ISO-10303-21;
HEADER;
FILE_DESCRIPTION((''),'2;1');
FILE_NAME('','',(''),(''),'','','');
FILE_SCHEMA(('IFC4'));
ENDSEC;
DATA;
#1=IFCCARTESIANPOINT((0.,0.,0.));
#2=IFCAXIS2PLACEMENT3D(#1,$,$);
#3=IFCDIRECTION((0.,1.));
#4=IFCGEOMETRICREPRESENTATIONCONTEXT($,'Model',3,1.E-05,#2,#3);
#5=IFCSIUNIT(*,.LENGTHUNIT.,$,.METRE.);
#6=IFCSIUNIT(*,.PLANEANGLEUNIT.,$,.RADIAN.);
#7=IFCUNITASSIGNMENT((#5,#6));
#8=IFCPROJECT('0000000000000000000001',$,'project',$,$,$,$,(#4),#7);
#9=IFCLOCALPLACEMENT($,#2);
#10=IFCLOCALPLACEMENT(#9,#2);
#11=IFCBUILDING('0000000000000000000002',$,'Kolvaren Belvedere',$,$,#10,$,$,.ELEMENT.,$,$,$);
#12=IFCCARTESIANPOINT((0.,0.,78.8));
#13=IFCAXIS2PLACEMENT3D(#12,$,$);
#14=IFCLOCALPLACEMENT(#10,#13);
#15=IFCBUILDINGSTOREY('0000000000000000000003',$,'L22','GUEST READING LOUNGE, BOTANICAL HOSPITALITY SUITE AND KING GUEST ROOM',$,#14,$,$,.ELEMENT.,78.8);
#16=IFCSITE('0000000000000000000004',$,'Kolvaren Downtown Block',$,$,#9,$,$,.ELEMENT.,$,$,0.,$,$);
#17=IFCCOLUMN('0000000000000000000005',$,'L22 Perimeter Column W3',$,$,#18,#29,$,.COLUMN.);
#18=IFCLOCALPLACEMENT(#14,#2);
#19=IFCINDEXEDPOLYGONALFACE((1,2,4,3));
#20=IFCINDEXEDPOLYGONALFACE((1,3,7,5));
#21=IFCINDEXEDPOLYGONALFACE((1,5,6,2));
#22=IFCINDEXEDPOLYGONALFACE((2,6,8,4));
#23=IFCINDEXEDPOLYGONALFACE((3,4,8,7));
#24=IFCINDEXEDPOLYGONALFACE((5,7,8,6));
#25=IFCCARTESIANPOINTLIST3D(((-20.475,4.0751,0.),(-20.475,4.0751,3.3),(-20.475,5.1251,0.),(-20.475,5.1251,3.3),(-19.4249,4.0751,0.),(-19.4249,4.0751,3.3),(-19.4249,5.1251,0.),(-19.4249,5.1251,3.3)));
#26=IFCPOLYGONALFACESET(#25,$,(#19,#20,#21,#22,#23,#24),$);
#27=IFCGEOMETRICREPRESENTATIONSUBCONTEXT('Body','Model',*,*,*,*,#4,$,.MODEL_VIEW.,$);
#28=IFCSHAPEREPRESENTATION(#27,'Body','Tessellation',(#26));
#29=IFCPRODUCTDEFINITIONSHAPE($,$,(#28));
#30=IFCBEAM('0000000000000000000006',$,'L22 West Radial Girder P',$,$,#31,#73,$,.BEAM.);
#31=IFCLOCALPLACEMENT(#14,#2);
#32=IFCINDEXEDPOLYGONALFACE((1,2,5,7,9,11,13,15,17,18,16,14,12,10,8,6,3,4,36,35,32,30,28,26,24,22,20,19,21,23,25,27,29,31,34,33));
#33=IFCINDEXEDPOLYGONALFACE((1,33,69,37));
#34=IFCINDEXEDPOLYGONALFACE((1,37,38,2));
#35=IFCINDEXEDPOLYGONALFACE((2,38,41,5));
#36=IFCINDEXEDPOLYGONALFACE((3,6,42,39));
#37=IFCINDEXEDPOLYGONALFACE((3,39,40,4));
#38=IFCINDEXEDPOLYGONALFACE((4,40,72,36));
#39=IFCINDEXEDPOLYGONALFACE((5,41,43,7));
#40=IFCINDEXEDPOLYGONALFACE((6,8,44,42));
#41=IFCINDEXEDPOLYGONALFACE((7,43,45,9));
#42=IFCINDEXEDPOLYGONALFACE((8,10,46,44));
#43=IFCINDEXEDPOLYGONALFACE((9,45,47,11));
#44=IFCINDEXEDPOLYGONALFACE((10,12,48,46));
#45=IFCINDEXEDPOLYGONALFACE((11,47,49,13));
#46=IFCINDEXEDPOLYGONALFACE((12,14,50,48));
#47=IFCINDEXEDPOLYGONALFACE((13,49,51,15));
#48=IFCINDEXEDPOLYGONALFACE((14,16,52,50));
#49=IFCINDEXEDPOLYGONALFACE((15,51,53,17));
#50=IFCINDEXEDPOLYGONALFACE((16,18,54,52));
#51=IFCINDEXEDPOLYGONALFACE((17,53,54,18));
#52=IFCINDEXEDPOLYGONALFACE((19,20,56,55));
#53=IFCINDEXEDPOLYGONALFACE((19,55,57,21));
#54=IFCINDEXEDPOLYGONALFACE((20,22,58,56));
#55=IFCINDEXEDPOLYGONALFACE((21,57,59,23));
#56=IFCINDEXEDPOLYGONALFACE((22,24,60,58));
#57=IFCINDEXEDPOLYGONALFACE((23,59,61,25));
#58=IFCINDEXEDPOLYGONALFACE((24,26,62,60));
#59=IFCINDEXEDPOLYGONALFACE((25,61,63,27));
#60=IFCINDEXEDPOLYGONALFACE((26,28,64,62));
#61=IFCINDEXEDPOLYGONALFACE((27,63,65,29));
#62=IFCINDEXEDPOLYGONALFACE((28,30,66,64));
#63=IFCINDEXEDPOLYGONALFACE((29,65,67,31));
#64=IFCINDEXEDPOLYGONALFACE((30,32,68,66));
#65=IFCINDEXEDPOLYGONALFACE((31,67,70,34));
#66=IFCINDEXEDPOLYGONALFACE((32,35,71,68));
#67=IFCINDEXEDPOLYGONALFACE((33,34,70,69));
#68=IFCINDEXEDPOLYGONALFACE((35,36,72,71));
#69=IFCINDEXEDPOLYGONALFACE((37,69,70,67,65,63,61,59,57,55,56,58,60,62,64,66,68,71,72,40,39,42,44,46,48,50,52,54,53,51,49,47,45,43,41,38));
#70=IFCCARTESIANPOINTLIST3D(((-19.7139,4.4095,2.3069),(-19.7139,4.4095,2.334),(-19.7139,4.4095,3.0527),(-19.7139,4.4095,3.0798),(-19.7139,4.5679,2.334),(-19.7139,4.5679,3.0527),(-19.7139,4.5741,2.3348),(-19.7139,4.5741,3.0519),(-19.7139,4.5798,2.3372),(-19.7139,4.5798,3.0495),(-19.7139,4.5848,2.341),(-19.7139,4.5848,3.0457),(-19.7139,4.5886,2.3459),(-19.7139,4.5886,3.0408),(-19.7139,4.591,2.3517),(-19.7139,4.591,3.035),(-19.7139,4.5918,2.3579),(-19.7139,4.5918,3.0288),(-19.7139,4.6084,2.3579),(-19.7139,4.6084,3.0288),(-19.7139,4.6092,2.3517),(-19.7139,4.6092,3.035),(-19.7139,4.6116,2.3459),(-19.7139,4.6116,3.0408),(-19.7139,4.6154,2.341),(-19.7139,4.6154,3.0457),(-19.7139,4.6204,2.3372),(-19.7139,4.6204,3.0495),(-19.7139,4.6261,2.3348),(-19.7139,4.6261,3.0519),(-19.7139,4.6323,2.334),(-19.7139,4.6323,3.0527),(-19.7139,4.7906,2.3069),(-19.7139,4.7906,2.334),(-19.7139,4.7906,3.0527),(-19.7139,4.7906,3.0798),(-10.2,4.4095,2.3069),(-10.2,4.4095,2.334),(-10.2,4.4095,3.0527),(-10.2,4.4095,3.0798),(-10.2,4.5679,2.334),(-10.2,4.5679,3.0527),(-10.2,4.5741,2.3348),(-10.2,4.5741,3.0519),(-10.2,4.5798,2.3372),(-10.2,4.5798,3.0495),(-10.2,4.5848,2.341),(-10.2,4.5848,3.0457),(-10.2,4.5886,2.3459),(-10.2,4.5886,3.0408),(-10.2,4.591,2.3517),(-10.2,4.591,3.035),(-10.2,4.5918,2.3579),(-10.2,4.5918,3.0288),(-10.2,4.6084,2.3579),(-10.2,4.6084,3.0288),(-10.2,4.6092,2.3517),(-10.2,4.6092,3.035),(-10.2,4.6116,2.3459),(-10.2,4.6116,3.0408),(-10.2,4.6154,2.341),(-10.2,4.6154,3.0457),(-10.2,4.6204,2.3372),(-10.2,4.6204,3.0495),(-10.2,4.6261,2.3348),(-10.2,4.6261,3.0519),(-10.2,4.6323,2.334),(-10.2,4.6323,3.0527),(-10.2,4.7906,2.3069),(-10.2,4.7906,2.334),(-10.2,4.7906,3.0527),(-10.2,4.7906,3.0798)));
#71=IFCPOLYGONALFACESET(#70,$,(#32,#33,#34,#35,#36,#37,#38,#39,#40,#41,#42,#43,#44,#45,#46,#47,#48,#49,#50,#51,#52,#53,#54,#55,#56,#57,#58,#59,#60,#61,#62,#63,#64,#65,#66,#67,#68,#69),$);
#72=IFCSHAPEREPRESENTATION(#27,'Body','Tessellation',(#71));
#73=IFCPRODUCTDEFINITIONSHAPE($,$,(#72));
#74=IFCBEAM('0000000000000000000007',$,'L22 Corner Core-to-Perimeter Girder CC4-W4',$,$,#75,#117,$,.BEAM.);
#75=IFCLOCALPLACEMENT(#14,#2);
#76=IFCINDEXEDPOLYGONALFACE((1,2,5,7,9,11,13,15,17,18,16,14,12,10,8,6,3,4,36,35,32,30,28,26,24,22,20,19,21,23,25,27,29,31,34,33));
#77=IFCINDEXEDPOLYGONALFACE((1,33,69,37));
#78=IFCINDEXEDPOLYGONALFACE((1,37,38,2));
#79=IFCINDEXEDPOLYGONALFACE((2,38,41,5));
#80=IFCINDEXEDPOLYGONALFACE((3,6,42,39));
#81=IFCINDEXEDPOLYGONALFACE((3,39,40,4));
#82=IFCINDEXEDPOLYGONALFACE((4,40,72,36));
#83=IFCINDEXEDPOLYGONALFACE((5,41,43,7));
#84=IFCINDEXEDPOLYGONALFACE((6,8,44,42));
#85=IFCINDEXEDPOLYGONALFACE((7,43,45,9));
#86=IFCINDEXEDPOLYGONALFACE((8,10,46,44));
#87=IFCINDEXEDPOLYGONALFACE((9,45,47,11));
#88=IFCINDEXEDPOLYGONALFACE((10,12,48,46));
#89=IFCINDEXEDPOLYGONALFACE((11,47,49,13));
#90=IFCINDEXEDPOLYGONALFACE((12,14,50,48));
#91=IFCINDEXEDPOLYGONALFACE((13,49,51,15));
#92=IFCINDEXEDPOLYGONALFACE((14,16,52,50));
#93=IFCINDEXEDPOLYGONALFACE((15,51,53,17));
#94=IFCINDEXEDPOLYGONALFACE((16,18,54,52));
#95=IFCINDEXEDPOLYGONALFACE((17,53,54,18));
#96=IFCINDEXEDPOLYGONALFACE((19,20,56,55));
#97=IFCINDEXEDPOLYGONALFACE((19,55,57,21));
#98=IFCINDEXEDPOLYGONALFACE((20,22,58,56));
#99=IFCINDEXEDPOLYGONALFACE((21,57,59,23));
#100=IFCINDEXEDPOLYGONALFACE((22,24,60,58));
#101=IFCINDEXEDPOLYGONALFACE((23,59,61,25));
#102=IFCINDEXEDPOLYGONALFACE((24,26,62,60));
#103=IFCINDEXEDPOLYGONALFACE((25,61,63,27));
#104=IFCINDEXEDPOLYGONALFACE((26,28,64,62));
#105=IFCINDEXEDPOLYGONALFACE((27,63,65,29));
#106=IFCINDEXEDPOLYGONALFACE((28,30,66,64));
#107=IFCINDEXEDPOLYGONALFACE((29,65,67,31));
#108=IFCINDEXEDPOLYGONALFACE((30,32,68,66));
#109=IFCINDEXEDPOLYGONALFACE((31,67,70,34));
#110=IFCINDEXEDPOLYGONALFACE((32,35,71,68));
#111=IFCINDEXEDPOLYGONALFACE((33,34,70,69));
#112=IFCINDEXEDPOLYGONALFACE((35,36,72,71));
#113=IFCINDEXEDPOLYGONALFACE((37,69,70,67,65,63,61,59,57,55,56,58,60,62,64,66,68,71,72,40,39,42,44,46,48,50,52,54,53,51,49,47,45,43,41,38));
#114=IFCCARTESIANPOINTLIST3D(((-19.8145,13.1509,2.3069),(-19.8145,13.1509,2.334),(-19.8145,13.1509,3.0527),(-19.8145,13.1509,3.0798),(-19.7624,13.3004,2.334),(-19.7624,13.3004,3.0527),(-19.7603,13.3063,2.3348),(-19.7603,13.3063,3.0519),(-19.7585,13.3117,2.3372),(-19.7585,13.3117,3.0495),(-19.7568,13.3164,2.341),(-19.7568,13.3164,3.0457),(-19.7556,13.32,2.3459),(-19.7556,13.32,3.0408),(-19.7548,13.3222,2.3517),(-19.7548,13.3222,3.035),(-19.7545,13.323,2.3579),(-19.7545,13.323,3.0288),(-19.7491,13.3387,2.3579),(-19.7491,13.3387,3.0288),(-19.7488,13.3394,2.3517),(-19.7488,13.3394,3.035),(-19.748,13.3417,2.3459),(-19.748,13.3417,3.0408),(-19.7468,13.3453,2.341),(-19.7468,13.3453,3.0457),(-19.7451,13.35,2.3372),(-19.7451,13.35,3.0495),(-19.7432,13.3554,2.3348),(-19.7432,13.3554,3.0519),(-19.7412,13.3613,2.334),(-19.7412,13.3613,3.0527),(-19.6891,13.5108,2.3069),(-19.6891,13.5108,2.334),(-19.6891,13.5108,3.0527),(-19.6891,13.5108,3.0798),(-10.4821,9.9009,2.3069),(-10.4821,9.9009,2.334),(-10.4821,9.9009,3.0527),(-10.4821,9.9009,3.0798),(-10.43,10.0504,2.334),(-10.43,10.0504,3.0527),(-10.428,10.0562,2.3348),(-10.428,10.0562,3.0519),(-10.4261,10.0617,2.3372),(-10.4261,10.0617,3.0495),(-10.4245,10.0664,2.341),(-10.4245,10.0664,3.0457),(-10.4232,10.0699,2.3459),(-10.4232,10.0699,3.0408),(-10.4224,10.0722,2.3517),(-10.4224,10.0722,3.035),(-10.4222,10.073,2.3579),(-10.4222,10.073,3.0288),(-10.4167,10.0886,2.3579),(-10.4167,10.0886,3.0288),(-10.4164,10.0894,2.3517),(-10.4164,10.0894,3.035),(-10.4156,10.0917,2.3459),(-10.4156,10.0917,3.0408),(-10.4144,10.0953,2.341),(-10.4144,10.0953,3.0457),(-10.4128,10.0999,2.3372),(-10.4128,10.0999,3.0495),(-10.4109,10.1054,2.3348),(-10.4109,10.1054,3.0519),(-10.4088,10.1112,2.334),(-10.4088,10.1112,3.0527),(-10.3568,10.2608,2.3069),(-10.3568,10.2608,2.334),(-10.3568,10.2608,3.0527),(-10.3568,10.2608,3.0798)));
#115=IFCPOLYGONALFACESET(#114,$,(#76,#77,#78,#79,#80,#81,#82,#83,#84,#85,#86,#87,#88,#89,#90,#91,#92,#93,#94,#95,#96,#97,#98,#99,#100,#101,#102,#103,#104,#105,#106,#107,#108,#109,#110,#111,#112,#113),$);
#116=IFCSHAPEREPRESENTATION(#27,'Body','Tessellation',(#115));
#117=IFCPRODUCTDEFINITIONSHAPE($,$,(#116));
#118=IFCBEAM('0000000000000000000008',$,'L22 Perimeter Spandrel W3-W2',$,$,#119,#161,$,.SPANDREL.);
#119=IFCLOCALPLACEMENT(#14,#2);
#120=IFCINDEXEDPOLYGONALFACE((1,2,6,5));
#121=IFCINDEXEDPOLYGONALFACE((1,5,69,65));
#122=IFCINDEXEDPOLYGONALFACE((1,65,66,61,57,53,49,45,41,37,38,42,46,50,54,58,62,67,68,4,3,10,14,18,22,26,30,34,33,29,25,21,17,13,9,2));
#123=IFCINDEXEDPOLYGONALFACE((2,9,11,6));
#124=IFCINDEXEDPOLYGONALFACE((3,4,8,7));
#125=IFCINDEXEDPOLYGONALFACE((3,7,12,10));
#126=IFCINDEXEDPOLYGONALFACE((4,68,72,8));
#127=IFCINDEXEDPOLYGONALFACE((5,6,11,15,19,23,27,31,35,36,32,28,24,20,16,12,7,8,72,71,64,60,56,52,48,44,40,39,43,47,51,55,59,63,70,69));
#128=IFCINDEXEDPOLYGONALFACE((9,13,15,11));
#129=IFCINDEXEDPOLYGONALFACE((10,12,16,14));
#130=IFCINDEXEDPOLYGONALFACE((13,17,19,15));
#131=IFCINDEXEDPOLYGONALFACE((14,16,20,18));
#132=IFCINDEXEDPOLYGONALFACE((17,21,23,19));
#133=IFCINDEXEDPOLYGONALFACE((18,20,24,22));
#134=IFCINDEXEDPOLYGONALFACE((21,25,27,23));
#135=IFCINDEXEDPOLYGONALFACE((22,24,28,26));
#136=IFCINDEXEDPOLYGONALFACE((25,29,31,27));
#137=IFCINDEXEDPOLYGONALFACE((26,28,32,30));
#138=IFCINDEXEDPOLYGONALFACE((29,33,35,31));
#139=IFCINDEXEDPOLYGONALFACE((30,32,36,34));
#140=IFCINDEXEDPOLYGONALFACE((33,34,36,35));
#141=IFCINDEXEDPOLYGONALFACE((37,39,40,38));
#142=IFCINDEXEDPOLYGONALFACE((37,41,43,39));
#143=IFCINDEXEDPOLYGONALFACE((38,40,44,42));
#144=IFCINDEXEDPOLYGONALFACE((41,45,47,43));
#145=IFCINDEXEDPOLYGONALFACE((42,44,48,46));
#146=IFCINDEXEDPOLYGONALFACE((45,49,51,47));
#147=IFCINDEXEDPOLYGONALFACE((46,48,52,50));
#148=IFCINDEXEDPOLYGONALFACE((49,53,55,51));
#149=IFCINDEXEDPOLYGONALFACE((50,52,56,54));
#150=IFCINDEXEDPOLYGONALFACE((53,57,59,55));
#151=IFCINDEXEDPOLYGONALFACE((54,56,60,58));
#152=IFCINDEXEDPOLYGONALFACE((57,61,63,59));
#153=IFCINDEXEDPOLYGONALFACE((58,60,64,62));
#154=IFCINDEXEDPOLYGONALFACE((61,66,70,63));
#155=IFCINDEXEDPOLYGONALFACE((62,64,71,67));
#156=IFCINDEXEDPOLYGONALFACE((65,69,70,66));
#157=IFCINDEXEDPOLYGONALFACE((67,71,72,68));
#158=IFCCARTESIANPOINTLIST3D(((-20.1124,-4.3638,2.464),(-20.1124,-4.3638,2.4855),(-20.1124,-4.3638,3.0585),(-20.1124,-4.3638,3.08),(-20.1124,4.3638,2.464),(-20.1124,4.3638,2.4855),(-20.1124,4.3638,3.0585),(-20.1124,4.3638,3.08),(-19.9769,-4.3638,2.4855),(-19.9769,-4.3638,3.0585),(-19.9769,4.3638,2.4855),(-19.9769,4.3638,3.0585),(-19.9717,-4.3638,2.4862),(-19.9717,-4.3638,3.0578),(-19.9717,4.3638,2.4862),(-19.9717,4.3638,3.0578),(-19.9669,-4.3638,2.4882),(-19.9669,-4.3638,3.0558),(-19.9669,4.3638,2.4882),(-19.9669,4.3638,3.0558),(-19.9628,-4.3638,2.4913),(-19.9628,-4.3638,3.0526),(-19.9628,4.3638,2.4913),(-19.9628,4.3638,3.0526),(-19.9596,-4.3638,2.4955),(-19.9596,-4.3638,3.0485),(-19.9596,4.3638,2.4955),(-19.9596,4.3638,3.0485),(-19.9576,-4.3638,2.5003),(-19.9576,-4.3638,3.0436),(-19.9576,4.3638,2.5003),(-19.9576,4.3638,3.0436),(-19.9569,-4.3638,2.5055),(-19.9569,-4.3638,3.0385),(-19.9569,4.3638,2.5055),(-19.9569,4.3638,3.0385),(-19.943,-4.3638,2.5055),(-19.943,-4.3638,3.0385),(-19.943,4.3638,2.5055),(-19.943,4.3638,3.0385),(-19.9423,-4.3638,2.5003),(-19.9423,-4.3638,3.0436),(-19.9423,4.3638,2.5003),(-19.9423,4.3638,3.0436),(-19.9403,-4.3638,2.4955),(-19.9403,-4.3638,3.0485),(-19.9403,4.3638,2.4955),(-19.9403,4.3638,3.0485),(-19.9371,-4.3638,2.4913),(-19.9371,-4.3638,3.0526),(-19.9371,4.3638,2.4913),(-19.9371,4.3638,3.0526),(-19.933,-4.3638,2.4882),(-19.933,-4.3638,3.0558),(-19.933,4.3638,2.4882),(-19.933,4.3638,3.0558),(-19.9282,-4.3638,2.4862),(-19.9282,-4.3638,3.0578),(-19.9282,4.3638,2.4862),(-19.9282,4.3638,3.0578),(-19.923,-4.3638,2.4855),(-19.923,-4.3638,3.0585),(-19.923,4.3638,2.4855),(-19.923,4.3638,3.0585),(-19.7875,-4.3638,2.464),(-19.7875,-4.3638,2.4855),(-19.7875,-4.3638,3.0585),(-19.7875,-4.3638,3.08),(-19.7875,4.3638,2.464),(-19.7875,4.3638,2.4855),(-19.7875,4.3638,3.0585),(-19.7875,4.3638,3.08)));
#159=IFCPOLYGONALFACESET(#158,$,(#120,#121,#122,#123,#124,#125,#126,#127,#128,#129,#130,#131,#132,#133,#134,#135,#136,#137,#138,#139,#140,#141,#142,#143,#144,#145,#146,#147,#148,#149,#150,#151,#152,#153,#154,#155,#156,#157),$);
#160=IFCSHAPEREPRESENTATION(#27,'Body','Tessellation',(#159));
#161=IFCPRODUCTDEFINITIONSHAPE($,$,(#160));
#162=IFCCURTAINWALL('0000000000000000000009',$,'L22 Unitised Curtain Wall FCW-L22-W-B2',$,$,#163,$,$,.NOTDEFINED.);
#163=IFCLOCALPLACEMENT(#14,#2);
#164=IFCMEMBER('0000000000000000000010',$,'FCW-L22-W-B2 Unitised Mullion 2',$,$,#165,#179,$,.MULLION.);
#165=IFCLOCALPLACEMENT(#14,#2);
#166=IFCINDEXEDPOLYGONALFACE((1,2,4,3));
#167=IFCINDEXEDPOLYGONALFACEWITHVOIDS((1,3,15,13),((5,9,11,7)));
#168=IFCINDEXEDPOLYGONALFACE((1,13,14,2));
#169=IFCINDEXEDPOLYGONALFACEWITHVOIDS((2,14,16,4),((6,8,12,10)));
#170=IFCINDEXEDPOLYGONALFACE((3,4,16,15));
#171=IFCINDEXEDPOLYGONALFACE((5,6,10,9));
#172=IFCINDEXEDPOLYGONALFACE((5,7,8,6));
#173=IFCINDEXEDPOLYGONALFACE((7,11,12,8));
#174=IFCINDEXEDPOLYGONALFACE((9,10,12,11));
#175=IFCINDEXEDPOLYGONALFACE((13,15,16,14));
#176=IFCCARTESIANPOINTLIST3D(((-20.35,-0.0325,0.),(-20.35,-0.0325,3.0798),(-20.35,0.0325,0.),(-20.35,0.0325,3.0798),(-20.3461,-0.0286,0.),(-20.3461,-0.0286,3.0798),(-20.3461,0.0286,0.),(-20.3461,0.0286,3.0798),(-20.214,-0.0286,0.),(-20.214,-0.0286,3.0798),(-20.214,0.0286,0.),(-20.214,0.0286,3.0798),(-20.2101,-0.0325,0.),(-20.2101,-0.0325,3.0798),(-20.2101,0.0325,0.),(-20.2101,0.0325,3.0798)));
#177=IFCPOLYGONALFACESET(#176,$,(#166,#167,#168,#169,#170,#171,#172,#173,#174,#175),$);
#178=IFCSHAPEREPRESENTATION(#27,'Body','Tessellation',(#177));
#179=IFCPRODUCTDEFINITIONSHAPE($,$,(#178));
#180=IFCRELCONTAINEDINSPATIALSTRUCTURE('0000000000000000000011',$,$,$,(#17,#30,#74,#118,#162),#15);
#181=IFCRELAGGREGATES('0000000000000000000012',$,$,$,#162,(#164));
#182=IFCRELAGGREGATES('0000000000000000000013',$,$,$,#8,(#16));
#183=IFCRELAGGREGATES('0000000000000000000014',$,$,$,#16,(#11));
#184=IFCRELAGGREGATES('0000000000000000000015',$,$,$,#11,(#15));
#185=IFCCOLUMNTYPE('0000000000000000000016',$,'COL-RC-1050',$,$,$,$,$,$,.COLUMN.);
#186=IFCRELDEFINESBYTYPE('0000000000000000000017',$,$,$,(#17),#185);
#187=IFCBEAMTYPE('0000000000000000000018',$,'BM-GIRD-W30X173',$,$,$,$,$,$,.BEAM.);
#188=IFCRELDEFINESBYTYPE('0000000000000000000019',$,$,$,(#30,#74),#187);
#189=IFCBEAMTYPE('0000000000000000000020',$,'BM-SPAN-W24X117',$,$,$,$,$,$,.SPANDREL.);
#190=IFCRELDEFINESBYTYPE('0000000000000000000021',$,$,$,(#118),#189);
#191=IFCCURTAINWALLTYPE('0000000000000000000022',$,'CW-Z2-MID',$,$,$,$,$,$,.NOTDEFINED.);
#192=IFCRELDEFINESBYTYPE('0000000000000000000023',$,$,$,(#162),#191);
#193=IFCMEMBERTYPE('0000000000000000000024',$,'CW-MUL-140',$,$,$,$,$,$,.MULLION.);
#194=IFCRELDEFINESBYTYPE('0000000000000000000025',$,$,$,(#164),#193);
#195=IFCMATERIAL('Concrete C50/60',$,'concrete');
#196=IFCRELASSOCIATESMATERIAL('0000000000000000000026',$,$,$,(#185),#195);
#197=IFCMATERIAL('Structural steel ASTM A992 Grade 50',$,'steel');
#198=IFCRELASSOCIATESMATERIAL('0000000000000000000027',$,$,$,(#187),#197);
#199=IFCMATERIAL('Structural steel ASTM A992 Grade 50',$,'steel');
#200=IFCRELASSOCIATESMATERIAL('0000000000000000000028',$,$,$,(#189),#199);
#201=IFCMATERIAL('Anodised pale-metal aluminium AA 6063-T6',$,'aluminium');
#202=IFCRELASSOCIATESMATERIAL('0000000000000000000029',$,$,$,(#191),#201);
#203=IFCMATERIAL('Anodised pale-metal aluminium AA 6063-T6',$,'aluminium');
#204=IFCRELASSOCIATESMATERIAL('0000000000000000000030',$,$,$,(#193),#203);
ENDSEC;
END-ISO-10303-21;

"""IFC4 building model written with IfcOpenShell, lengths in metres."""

from ifc_helpers import new_model, si_unit, direction, frame, origin, origin_2d, place, context, subcontext, project, spatial, rectangle, hollow_rectangle, i_section, extrude, material, material_profile, profile_set, type_object, element, aggregate, save


model = new_model("IFC4")

# Units and contexts
model_context = context("Model", 3, precision=1e-05, world=origin(), true_north=direction((0.0, 1.0)))
body_context = subcontext(model_context, "Body", "Model", "MODEL_VIEW")
ifc_project = project(units=[si_unit("LENGTHUNIT", "METRE"), si_unit("PLANEANGLEUNIT", "RADIAN")], contexts=[model_context])

# Site, building, storey
site_placement = place(None, origin())
site = spatial("IfcSite", under=ifc_project, at=site_placement, Name="Kolvaren Downtown Block", CompositionType="ELEMENT", RefElevation=0.0)
building_placement = place(site_placement, origin())
building = spatial("IfcBuilding", under=site, at=building_placement, Name="Kolvaren Belvedere", CompositionType="ELEMENT")
storey_placement = place(building_placement, frame((0.0, 0.0, 78.8)))
storey = spatial("IfcBuildingStorey", under=building, at=storey_placement, Name="L22", Description="GUEST READING LOUNGE, BOTANICAL HOSPITALITY SUITE AND KING GUEST ROOM", CompositionType="ELEMENT", Elevation=78.8)

# Column
ifc_material_1 = material(Name="Concrete C50/60", Category="concrete")
ifc_material_profile_1 = material_profile(ifc_material_1, rectangle(XDim=1.05, YDim=1.05, at=origin_2d()), Name="RC 1050X1050")
ifc_profile_set_1 = profile_set([ifc_material_profile_1], Name="Concrete C50/60")
column_type = type_object("IfcColumnType", Name="COL-RC-1050", PredefinedType="COLUMN", material=ifc_profile_set_1)
column_placement = place(storey_placement, frame((-19.95, 4.6001, 0.0), z_axis=(0.0, 0.0, 1.0), x_axis=(1.0, 0.0, 0.0)))
element("IfcColumn", 1, at=column_placement, inside=storey, type_object=column_type, Name="L22 Perimeter Column W3", PredefinedType="COLUMN", context=body_context, shape_type="SweptSolid", body=[
    extrude(rectangle(XDim=1.05, YDim=1.05, at=origin_2d()), origin(), (0.0, 0.0, 1.0), 3.3),
])

# Beams
ifc_material_2 = material(Name="Structural steel ASTM A992 Grade 50", Category="steel")
ifc_material_profile_2 = material_profile(ifc_material_2, i_section(OverallWidth=0.3811, OverallDepth=0.7729, WebThickness=0.0166, FlangeThickness=0.0271, FilletRadius=0.0239, at=origin_2d()), Name="W30X173")
ifc_profile_set_2 = profile_set([ifc_material_profile_2], Name="Structural steel ASTM A992 Grade 50")
beam_type_1 = type_object("IfcBeamType", Name="BM-GIRD-W30X173", PredefinedType="BEAM", material=ifc_profile_set_2)
beam_1_placement = place(storey_placement, frame((-10.2, 4.6001, 2.6934), z_axis=(-1.0, 0.0, 0.0), x_axis=(0.0, -1.0, 0.0)))
element("IfcBeam", 2, at=beam_1_placement, inside=storey, type_object=beam_type_1, Name="L22 West Radial Girder P", PredefinedType="BEAM", context=body_context, shape_type="SweptSolid", body=[
    extrude(i_section(OverallWidth=0.3811, OverallDepth=0.7729, WebThickness=0.0166, FlangeThickness=0.0271, FilletRadius=0.0239, at=origin_2d()), origin(), (0.0, 0.0, 1.0), 9.5139),
])
beam_2_placement = place(storey_placement, frame((-10.4194, 10.0808, 2.6934), z_axis=(-0.944371, 0.328881, 0.0), x_axis=(-0.328881, -0.944371, 0.0)))
element("IfcBeam", 3, at=beam_2_placement, inside=storey, type_object=beam_type_1, Name="L22 Corner Core-to-Perimeter Girder CC4-W4", PredefinedType="BEAM", context=body_context, shape_type="SweptSolid", body=[
    extrude(i_section(OverallWidth=0.3811, OverallDepth=0.7729, WebThickness=0.0166, FlangeThickness=0.0271, FilletRadius=0.0239, at=origin_2d()), origin(), (0.0, 0.0, 1.0), 9.8821),
])
ifc_material_3 = material(Name="Structural steel ASTM A992 Grade 50", Category="steel")
ifc_material_profile_3 = material_profile(ifc_material_3, i_section(OverallWidth=0.325, OverallDepth=0.616, WebThickness=0.0139, FlangeThickness=0.0215, FilletRadius=0.02, at=origin_2d()), Name="W24X117")
ifc_profile_set_3 = profile_set([ifc_material_profile_3], Name="Structural steel ASTM A992 Grade 50")
beam_type_2 = type_object("IfcBeamType", Name="BM-SPAN-W24X117", PredefinedType="SPANDREL", material=ifc_profile_set_3)
beam_3_placement = place(storey_placement, frame((-19.95, 4.3638, 2.772), z_axis=(0.0, -1.0, 0.0), x_axis=(1.0, 0.0, 0.0)))
element("IfcBeam", 4, at=beam_3_placement, inside=storey, type_object=beam_type_2, Name="L22 Perimeter Spandrel W3-W2", PredefinedType="SPANDREL", context=body_context, shape_type="SweptSolid", body=[
    extrude(i_section(OverallWidth=0.325, OverallDepth=0.616, WebThickness=0.0139, FlangeThickness=0.0215, FilletRadius=0.02, at=origin_2d()), origin(), (0.0, 0.0, 1.0), 8.7275),
])

# Curtain wall, member
ifc_material_4 = material(Name="Anodised pale-metal aluminium AA 6063-T6", Category="aluminium")
curtain_wall_type = type_object("IfcCurtainWallType", Name="CW-Z2-MID", PredefinedType="NOTDEFINED", material=ifc_material_4)
curtain_wall_1_placement = place(storey_placement, origin())
curtain_wall_1 = element("IfcCurtainWall", 5, at=curtain_wall_1_placement, inside=storey, type_object=curtain_wall_type, Name="L22 Unitised Curtain Wall FCW-L22-W-B2", PredefinedType="NOTDEFINED")
ifc_material_5 = material(Name="Anodised pale-metal aluminium AA 6063-T6", Category="aluminium")
ifc_material_profile_4 = material_profile(ifc_material_5, hollow_rectangle(XDim=0.0649, YDim=0.1399, WallThickness=0.0039, at=origin_2d()), Name="ALU-MUL-140X65")
ifc_profile_set_4 = profile_set([ifc_material_profile_4], Name="Anodised pale-metal aluminium AA 6063-T6")
member_type_1 = type_object("IfcMemberType", Name="CW-MUL-140", PredefinedType="MULLION", material=ifc_profile_set_4)
member_1_placement = place(storey_placement, frame((-20.28, 0.0, 0.0), z_axis=(0.0, 0.0, 1.0), x_axis=(0.0, 1.0, 0.0)))
member_1 = element("IfcMember", 6, at=member_1_placement, type_object=member_type_1, Name="FCW-L22-W-B2 Unitised Mullion 2", PredefinedType="MULLION", context=body_context, shape_type="SweptSolid", body=[
    extrude(hollow_rectangle(XDim=0.0649, YDim=0.1399, WallThickness=0.0039, at=origin_2d()), origin(), (0.0, 0.0, 1.0), 3.0798),
])

aggregate(curtain_wall_1, [member_1])

save(model, "model.ifc")
